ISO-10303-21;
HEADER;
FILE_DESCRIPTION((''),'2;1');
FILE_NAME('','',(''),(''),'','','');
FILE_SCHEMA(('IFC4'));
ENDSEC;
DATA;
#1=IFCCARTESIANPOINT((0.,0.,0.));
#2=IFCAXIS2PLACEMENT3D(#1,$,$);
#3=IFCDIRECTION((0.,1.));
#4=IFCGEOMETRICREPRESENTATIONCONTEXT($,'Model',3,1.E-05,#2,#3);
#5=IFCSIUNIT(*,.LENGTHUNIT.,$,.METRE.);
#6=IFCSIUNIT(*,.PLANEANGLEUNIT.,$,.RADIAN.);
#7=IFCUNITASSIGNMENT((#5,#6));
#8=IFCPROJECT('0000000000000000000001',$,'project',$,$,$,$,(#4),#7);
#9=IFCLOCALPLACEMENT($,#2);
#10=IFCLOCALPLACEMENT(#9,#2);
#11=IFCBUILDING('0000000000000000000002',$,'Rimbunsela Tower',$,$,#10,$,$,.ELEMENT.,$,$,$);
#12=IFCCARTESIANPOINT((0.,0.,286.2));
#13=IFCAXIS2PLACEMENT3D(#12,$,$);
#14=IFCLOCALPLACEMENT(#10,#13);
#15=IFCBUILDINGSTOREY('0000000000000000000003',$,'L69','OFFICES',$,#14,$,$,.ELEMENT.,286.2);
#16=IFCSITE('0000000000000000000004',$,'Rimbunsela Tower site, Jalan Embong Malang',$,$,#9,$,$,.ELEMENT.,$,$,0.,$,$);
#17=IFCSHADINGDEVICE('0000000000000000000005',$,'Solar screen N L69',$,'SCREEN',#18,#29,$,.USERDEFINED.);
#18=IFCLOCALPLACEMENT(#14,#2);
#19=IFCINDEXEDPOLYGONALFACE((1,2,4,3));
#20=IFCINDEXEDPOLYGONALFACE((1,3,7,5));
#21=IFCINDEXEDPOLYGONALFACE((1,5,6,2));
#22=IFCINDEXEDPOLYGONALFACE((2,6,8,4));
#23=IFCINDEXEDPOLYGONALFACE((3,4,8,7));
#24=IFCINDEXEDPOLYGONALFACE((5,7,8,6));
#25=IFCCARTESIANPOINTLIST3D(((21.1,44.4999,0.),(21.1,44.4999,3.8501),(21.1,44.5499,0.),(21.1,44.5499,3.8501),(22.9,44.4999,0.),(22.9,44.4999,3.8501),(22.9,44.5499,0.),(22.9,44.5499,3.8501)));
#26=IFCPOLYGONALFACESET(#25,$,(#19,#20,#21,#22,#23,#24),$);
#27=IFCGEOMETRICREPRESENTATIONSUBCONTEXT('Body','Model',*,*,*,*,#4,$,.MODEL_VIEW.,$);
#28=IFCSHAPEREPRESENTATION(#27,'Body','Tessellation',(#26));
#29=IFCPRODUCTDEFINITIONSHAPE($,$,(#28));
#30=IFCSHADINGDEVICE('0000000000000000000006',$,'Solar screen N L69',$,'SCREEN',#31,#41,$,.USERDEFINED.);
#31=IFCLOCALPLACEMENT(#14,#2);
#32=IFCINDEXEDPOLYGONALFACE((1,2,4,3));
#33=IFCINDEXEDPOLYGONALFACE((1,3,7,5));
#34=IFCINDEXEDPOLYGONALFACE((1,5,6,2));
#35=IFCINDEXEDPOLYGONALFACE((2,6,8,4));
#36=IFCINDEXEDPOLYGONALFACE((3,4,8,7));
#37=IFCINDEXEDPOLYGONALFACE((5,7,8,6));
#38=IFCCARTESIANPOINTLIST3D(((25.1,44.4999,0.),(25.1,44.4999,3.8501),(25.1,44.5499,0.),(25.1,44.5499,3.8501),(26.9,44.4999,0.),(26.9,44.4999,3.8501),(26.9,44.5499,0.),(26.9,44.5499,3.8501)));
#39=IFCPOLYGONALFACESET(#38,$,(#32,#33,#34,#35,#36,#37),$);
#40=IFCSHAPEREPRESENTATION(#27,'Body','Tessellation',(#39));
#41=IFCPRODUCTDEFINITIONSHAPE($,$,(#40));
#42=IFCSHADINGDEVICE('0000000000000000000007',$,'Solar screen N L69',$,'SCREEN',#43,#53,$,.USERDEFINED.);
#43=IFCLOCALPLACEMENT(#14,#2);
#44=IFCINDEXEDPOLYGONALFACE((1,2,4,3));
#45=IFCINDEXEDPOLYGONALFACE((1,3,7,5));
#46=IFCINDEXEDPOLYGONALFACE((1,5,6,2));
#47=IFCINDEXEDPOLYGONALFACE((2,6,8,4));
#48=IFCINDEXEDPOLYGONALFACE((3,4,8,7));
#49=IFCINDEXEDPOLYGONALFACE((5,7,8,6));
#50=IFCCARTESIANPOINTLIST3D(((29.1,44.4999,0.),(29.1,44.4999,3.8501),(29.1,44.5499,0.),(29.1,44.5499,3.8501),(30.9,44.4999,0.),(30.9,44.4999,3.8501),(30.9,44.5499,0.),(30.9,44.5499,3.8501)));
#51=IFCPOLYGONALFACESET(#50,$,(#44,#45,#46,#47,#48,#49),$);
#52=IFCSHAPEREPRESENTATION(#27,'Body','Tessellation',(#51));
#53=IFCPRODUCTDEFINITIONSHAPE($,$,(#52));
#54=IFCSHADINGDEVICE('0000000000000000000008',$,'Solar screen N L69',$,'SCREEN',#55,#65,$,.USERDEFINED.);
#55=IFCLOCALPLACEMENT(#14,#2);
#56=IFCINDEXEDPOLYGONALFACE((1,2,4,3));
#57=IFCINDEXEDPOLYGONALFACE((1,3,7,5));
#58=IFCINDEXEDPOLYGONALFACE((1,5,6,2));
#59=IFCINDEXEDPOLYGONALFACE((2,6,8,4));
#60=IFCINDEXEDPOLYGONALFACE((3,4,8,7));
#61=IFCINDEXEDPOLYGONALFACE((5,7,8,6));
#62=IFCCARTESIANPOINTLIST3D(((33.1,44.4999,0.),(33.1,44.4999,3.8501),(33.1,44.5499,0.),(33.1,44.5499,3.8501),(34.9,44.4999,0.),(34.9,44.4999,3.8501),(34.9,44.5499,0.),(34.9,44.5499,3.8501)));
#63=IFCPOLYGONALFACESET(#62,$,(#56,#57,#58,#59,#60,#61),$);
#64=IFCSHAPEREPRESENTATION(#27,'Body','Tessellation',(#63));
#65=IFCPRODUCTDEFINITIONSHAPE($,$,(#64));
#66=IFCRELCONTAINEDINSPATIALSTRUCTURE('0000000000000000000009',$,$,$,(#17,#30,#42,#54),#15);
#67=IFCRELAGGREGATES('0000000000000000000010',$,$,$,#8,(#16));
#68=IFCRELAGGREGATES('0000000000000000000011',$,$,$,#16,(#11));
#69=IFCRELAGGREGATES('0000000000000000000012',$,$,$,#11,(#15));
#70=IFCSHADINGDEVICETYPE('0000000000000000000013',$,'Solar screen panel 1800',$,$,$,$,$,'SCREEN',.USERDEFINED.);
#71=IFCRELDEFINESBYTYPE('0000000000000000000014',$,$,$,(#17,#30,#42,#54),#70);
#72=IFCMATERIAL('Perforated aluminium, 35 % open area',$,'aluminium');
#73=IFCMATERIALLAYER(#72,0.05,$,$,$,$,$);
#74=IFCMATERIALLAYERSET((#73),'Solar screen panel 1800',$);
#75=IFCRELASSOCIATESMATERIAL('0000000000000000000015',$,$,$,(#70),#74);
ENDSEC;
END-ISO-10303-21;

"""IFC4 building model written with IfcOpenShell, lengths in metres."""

from ifc_helpers import new_model, si_unit, direction, frame, origin, origin_2d, place, context, subcontext, project, spatial, rectangle, extrude, material, layer, layer_set, type_object, element, save


model = new_model("IFC4")

# Units and contexts
model_context = context("Model", 3, precision=1e-05, world=origin(), true_north=direction((0.0, 1.0)))
body_context = subcontext(model_context, "Body", "Model", "MODEL_VIEW")
ifc_project = project(units=[si_unit("LENGTHUNIT", "METRE"), si_unit("PLANEANGLEUNIT", "RADIAN")], contexts=[model_context])

# Site, building, storey
site_placement = place(None, origin())
site = spatial("IfcSite", under=ifc_project, at=site_placement, Name="Rimbunsela Tower site, Jalan Embong Malang", CompositionType="ELEMENT", RefElevation=0.0)
building_placement = place(site_placement, origin())
building = spatial("IfcBuilding", under=site, at=building_placement, Name="Rimbunsela Tower", CompositionType="ELEMENT")
storey_placement = place(building_placement, frame((0.0, 0.0, 286.2)))
storey = spatial("IfcBuildingStorey", under=building, at=storey_placement, Name="L69", Description="OFFICES", CompositionType="ELEMENT", Elevation=286.2)

# Shading devices
ifc_material_1 = material(Name="Perforated aluminium, 35 % open area", Category="aluminium")
ifc_layer_1 = layer(ifc_material_1, 0.05)
ifc_layer_set_1 = layer_set([ifc_layer_1], Name="Solar screen panel 1800")
shading_device_type = type_object("IfcShadingDeviceType", Name="Solar screen panel 1800", ElementType="SCREEN", PredefinedType="USERDEFINED", material=ifc_layer_set_1)
for number, where, z_axis, x_axis, name in (
    (1, (22.0, 44.5249, 0.0), (0.0, 0.0, 1.0), (1.0, 0.0, 0.0), "Solar screen N L69"),
    (2, (26.0, 44.5249, 0.0), (0.0, 0.0, 1.0), (1.0, 0.0, 0.0), "Solar screen N L69"),
    (3, (30.0, 44.5249, 0.0), (0.0, 0.0, 1.0), (1.0, 0.0, 0.0), "Solar screen N L69"),
    (4, (34.0, 44.5249, 0.0), (0.0, 0.0, 1.0), (1.0, 0.0, 0.0), "Solar screen N L69"),
):
    element("IfcShadingDevice", number, at=place(storey_placement, frame(where, z_axis=z_axis, x_axis=x_axis)), inside=storey, type_object=shading_device_type, Name=name, ObjectType="SCREEN", PredefinedType="USERDEFINED", context=body_context, shape_type="SweptSolid", body=[
        extrude(rectangle(XDim=1.8, YDim=0.05, at=origin_2d()), origin(), (0.0, 0.0, 1.0), 3.8501),
    ])

save(model, "model.ifc")
